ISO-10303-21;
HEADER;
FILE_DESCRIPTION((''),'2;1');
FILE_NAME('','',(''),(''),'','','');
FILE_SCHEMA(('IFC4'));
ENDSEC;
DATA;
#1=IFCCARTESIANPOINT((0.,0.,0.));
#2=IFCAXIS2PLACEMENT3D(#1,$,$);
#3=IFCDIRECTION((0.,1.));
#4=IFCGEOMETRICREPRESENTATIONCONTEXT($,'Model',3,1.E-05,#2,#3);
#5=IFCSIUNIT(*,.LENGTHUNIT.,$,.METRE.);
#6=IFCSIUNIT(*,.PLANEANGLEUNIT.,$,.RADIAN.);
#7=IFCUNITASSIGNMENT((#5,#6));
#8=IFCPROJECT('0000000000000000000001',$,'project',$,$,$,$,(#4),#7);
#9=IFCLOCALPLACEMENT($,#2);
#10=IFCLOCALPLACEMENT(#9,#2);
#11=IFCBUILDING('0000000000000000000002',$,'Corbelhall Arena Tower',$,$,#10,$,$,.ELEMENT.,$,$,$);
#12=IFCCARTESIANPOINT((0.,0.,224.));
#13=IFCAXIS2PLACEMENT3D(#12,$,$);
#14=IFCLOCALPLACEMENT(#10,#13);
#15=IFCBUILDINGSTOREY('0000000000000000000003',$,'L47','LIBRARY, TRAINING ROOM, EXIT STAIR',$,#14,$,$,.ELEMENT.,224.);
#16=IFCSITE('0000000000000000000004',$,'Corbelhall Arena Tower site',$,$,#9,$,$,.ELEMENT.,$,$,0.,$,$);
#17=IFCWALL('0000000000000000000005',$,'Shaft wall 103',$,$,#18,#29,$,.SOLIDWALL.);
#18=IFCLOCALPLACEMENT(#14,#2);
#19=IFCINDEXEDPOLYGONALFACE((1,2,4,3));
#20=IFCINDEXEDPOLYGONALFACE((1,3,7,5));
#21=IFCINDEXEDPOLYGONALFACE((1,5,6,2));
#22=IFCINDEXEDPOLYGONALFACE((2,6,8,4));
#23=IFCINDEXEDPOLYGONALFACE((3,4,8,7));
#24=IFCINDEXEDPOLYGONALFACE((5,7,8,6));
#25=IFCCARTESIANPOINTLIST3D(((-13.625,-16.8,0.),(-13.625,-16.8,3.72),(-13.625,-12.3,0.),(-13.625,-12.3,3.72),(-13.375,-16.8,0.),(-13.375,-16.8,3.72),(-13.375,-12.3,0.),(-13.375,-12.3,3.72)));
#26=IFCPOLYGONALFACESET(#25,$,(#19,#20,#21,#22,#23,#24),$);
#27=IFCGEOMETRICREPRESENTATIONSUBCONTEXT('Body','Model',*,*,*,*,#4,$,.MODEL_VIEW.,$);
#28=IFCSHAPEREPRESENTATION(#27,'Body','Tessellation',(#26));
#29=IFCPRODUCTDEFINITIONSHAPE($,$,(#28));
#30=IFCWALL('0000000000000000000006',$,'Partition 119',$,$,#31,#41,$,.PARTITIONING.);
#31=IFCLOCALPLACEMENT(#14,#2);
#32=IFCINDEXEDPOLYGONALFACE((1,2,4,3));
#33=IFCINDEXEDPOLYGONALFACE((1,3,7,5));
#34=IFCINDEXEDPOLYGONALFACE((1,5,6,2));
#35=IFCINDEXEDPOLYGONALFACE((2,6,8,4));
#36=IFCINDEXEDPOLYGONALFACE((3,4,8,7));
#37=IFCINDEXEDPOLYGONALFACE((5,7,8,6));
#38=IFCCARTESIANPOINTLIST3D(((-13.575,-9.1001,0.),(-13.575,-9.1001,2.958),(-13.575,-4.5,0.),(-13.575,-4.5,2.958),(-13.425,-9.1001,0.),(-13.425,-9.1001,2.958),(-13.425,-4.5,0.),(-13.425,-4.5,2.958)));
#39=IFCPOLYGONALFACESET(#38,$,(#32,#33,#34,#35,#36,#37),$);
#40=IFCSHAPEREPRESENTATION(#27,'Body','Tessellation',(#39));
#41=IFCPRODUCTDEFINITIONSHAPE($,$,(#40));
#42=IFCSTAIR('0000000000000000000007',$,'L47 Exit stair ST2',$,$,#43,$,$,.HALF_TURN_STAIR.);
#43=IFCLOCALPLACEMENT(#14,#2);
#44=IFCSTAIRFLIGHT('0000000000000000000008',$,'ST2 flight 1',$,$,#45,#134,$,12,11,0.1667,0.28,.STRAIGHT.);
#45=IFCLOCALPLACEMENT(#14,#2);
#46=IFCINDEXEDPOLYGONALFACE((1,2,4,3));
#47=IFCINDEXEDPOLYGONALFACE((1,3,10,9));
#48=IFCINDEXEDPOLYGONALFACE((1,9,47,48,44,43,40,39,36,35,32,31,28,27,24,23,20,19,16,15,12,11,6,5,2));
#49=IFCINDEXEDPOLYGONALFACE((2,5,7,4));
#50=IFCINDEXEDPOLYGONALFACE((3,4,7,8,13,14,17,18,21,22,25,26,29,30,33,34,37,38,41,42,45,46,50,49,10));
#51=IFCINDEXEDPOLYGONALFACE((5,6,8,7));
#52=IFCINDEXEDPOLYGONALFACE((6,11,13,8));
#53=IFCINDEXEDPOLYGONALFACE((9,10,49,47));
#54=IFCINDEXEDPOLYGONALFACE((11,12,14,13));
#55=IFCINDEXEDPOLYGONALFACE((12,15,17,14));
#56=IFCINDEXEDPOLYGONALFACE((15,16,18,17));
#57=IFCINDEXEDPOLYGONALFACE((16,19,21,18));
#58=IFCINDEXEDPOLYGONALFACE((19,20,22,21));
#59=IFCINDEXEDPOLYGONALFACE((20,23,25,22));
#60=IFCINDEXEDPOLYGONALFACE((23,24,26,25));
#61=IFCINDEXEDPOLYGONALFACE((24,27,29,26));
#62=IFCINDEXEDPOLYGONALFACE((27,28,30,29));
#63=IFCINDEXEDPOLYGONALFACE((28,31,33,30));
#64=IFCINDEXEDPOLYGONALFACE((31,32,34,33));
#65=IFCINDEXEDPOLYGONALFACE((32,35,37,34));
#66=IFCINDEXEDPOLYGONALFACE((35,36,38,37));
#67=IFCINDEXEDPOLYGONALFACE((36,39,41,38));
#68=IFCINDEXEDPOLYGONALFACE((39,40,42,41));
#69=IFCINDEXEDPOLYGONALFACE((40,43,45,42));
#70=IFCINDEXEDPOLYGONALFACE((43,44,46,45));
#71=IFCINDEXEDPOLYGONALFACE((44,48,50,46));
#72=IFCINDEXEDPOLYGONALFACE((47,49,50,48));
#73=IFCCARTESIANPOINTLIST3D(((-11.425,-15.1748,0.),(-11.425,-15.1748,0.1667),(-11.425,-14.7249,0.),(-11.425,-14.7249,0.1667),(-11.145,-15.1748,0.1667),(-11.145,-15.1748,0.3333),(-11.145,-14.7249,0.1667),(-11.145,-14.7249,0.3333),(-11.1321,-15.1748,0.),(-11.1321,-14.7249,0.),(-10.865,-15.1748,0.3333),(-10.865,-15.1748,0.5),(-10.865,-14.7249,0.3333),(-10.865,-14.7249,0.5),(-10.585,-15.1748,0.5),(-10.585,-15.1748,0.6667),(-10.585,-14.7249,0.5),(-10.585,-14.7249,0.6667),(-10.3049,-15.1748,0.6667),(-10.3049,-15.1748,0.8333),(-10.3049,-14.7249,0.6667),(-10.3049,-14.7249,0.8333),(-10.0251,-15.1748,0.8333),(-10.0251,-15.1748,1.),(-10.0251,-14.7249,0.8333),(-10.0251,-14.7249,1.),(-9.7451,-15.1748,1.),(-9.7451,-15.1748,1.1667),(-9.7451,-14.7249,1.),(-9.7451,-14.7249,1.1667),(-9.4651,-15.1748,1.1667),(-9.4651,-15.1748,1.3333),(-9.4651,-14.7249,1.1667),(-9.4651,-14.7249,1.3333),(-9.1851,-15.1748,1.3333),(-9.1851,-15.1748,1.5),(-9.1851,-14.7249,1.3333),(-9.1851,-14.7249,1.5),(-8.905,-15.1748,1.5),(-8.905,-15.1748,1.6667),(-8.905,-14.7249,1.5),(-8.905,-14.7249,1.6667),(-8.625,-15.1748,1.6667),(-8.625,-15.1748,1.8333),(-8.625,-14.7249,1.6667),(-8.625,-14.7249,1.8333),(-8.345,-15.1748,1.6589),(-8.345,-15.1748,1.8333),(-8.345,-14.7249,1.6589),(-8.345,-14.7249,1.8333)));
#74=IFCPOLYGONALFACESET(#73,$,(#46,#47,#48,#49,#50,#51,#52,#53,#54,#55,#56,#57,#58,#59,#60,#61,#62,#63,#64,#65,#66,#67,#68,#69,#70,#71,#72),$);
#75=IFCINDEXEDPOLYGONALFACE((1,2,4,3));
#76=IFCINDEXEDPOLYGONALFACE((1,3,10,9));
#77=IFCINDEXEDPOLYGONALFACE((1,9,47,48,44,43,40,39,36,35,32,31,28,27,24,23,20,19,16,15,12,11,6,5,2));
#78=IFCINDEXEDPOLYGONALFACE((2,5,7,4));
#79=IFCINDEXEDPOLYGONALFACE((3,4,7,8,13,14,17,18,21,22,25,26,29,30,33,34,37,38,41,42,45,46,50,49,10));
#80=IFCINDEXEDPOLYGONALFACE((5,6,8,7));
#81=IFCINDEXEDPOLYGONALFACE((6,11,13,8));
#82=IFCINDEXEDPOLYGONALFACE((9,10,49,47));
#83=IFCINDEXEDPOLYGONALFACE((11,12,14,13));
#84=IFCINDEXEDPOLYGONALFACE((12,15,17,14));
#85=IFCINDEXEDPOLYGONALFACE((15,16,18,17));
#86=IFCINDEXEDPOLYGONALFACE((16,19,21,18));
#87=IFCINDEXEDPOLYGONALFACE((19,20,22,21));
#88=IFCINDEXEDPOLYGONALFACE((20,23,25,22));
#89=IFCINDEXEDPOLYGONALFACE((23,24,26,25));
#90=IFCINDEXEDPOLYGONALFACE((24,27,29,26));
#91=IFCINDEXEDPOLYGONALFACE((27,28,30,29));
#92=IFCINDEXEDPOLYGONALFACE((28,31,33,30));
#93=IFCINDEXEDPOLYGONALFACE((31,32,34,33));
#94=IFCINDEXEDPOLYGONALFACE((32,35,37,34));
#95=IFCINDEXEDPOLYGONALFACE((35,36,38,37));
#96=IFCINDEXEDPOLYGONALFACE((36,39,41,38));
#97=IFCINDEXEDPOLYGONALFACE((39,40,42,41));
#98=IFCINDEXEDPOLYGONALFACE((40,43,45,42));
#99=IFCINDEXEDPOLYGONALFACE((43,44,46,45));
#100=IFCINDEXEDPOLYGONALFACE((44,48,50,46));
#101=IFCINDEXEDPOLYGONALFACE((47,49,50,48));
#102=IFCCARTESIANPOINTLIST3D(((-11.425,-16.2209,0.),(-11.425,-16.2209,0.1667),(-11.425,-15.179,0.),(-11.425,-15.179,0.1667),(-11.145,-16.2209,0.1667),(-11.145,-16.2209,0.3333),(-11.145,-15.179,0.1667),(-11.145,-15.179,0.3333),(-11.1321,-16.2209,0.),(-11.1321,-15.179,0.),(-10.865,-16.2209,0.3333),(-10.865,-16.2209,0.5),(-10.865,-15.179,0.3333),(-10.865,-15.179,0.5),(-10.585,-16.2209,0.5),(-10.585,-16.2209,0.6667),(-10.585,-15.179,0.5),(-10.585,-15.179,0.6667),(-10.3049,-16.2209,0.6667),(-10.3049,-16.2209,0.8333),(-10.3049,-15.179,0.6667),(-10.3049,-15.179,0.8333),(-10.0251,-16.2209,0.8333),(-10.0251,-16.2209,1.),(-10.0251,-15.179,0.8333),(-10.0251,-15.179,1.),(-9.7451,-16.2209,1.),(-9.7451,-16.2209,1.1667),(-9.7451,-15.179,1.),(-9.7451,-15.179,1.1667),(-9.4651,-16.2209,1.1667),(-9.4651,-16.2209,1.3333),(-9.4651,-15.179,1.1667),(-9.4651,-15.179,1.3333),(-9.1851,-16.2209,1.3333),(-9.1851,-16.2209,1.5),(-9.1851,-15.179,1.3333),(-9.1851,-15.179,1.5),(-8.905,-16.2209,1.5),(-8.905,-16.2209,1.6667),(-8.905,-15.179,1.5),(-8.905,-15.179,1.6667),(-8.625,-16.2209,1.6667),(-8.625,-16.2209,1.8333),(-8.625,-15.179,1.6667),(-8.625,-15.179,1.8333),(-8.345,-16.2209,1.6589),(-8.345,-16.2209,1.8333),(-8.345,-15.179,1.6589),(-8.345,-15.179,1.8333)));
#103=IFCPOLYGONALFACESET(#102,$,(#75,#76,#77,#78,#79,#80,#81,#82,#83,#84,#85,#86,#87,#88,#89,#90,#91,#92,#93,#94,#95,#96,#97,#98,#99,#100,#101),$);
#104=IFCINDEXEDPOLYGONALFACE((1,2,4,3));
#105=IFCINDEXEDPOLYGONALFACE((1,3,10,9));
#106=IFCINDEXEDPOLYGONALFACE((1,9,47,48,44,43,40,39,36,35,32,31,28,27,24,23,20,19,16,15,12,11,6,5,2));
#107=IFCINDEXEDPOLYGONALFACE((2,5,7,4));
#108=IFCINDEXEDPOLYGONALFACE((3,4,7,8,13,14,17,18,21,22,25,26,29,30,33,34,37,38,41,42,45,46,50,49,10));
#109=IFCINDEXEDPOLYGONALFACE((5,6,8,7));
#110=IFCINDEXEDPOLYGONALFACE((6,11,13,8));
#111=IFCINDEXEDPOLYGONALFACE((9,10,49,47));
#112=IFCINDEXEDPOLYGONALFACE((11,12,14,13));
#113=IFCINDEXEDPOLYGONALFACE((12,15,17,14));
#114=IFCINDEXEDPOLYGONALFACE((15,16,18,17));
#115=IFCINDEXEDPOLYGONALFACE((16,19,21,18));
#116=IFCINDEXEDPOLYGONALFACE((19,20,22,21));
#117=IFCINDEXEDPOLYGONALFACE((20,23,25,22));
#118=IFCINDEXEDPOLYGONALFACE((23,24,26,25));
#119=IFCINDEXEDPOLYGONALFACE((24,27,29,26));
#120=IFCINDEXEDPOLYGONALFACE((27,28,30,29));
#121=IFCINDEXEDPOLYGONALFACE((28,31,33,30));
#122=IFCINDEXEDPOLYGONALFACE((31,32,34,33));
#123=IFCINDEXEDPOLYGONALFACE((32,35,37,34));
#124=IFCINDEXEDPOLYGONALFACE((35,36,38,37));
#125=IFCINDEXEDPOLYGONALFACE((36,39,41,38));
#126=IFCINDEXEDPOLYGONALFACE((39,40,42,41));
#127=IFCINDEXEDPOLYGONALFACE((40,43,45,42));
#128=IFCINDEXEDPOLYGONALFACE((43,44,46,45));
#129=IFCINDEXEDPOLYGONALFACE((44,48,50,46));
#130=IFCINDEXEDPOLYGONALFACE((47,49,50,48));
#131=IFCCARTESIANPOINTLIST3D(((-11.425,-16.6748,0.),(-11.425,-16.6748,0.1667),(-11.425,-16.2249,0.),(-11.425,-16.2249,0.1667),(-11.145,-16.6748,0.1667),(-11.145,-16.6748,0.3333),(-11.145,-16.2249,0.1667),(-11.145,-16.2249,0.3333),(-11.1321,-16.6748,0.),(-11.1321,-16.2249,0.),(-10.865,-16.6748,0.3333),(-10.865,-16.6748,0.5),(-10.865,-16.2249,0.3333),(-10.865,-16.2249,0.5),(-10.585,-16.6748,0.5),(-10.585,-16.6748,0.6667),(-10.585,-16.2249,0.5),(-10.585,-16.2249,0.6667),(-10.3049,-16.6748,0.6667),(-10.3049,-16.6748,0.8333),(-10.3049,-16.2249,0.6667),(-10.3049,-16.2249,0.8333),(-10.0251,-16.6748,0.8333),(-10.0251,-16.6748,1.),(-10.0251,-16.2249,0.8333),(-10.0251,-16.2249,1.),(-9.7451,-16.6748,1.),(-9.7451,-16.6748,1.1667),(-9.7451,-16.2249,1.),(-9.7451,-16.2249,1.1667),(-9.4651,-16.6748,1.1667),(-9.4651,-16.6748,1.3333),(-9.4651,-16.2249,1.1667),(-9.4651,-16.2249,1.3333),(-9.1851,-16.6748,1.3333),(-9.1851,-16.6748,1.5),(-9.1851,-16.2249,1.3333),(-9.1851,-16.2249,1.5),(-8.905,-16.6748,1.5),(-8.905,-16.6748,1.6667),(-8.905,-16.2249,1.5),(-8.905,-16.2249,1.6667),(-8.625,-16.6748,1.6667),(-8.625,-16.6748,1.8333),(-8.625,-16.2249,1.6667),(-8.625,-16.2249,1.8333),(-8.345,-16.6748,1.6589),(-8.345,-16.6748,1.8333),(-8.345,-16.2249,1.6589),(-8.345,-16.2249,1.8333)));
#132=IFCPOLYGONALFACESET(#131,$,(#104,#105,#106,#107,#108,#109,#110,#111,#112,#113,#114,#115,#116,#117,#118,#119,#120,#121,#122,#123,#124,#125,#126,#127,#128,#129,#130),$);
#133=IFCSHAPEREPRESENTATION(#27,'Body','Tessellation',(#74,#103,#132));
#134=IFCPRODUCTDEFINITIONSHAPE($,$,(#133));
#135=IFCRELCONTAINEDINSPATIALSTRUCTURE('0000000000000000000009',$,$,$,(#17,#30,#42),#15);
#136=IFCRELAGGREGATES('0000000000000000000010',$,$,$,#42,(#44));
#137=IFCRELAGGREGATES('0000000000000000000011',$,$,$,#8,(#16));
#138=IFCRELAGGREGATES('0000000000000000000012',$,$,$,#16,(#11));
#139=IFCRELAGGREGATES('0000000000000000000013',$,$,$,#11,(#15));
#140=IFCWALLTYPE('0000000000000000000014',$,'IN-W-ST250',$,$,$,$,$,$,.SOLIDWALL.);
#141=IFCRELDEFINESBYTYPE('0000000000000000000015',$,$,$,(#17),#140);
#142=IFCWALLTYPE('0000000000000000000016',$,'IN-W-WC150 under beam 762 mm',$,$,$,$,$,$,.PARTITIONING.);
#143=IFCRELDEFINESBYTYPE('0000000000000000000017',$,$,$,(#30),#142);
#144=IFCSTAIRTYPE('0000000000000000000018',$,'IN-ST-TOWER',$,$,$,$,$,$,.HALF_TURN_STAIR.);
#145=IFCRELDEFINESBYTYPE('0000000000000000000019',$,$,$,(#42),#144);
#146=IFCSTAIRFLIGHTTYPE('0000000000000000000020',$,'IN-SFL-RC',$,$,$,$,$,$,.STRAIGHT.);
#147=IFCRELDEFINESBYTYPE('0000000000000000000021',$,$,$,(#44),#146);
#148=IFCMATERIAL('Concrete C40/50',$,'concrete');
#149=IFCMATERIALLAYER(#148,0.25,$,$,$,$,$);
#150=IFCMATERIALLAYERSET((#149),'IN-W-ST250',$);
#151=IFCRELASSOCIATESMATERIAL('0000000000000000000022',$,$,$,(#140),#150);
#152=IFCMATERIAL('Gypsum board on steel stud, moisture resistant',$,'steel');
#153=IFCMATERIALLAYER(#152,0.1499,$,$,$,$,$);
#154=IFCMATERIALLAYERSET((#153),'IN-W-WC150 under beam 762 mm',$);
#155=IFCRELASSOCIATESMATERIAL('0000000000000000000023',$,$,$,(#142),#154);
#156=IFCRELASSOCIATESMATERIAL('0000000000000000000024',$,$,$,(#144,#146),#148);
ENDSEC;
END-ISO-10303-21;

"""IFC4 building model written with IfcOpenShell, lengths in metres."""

from ifc_helpers import new_model, si_unit, direction, frame, frame_2d, origin, place, context, subcontext, project, spatial, polyline, rectangle, outline, extrude, material, layer, layer_set, type_object, element, aggregate, save


model = new_model("IFC4")

# Units and contexts
model_context = context("Model", 3, precision=1e-05, world=origin(), true_north=direction((0.0, 1.0)))
body_context = subcontext(model_context, "Body", "Model", "MODEL_VIEW")
ifc_project = project(units=[si_unit("LENGTHUNIT", "METRE"), si_unit("PLANEANGLEUNIT", "RADIAN")], contexts=[model_context])

# Site, building, storey
site_placement = place(None, origin())
site = spatial("IfcSite", under=ifc_project, at=site_placement, Name="Corbelhall Arena Tower site", CompositionType="ELEMENT", RefElevation=0.0)
building_placement = place(site_placement, origin())
building = spatial("IfcBuilding", under=site, at=building_placement, Name="Corbelhall Arena Tower", CompositionType="ELEMENT")
storey_placement = place(building_placement, frame((0.0, 0.0, 224.0)))
storey = spatial("IfcBuildingStorey", under=building, at=storey_placement, Name="L47", Description="LIBRARY, TRAINING ROOM, EXIT STAIR", CompositionType="ELEMENT", Elevation=224.0)

# Walls
ifc_material_1 = material(Name="Concrete C40/50", Category="concrete")
ifc_layer_1 = layer(ifc_material_1, 0.25)
ifc_layer_set_1 = layer_set([ifc_layer_1], Name="IN-W-ST250")
wall_type_1 = type_object("IfcWallType", Name="IN-W-ST250", PredefinedType="SOLIDWALL", material=ifc_layer_set_1)
wall_1_placement = place(storey_placement, frame((-13.5, -16.8, 0.0), z_axis=(0.0, 0.0, 1.0), x_axis=(0.0, 1.0, 0.0)))
element("IfcWall", 1, at=wall_1_placement, inside=storey, type_object=wall_type_1, Name="Shaft wall 103", PredefinedType="SOLIDWALL", context=body_context, shape_type="SweptSolid", body=[
    extrude(rectangle(XDim=4.5, YDim=0.25, at=frame_2d((2.25, 0.0))), origin(), (0.0, 0.0, 1.0), 3.72),
])
ifc_material_2 = material(Name="Gypsum board on steel stud, moisture resistant", Category="steel")
ifc_layer_2 = layer(ifc_material_2, 0.1499)
ifc_layer_set_2 = layer_set([ifc_layer_2], Name="IN-W-WC150 under beam 762 mm")
wall_type_2 = type_object("IfcWallType", Name="IN-W-WC150 under beam 762 mm", PredefinedType="PARTITIONING", material=ifc_layer_set_2)
wall_2_placement = place(storey_placement, frame((-13.5, -9.1001, 0.0), z_axis=(0.0, 0.0, 1.0), x_axis=(0.0, 1.0, 0.0)))
element("IfcWall", 2, at=wall_2_placement, inside=storey, type_object=wall_type_2, Name="Partition 119", PredefinedType="PARTITIONING", context=body_context, shape_type="SweptSolid", body=[
    extrude(rectangle(XDim=4.6001, YDim=0.1499, at=frame_2d((2.3, 0.0))), origin(), (0.0, 0.0, 1.0), 2.958),
])

# Stair, stair flight
stair_type = type_object("IfcStairType", Name="IN-ST-TOWER", PredefinedType="HALF_TURN_STAIR", material=ifc_material_1)
stair_placement = place(storey_placement, origin())
stair = element("IfcStair", 3, at=stair_placement, inside=storey, type_object=stair_type, Name="L47 Exit stair ST2", PredefinedType="HALF_TURN_STAIR")
stair_flight_type = type_object("IfcStairFlightType", Name="IN-SFL-RC", PredefinedType="STRAIGHT", material=ifc_material_1)
stair_flight_1_placement = place(storey_placement, frame((-11.425, -15.7, 0.0), z_axis=(0.0, 0.0, 1.0), x_axis=(1.0, 0.0, 0.0)))
stair_flight_1 = element("IfcStairFlight", 4, at=stair_flight_1_placement, type_object=stair_flight_type, Name="ST2 flight 1", NumberOfRisers=12, NumberOfTreads=11, PredefinedType="STRAIGHT", RiserHeight=0.1667, TreadLength=0.28, context=body_context, shape_type="SweptSolid", body=[
    extrude(outline(polyline([(0.0, 0.0), (0.0, 0.1667), (0.28, 0.1667), (0.28, 0.3333), (0.5601, 0.3333), (0.5601, 0.5), (0.8401, 0.5), (0.8401, 0.6667), (1.1201, 0.6667), (1.1201, 0.8333), (1.3999, 0.8333), (1.3999, 1.0), (1.6799, 1.0), (1.6799, 1.1667), (1.96, 1.1667), (1.96, 1.3333), (2.24, 1.3333), (2.24, 1.5), (2.52, 1.5), (2.52, 1.6667), (2.8, 1.6667), (2.8, 1.8333), (3.0801, 1.8333), (3.0801, 2.0), (3.0801, 1.6589), (0.293, 0.0), (0.0, 0.0)])), frame((0.0, 0.9751, 0.0), z_axis=(0.0, -1.0, 0.0), x_axis=(1.0, 0.0, 0.0)), (0.0, 0.0, 1.0), 0.45),
    extrude(outline(polyline([(0.0, 0.0), (0.0, 0.1667), (0.28, 0.1667), (0.28, 0.3333), (0.5601, 0.3333), (0.5601, 0.5), (0.8401, 0.5), (0.8401, 0.6667), (1.1201, 0.6667), (1.1201, 0.8333), (1.3999, 0.8333), (1.3999, 1.0), (1.6799, 1.0), (1.6799, 1.1667), (1.96, 1.1667), (1.96, 1.3333), (2.24, 1.3333), (2.24, 1.5), (2.52, 1.5), (2.52, 1.6667), (2.8, 1.6667), (2.8, 1.8333), (3.0801, 1.8333), (3.0801, 2.0), (3.0801, 1.6589), (0.293, 0.0), (0.0, 0.0)])), frame((0.0, 0.521, 0.0), z_axis=(0.0, -1.0, 0.0), x_axis=(1.0, 0.0, 0.0)), (0.0, 0.0, 1.0), 1.042),
    extrude(outline(polyline([(0.0, 0.0), (0.0, 0.1667), (0.28, 0.1667), (0.28, 0.3333), (0.5601, 0.3333), (0.5601, 0.5), (0.8401, 0.5), (0.8401, 0.6667), (1.1201, 0.6667), (1.1201, 0.8333), (1.3999, 0.8333), (1.3999, 1.0), (1.6799, 1.0), (1.6799, 1.1667), (1.96, 1.1667), (1.96, 1.3333), (2.24, 1.3333), (2.24, 1.5), (2.52, 1.5), (2.52, 1.6667), (2.8, 1.6667), (2.8, 1.8333), (3.0801, 1.8333), (3.0801, 2.0), (3.0801, 1.6589), (0.293, 0.0), (0.0, 0.0)])), frame((0.0, -0.5249, 0.0), z_axis=(0.0, -1.0, 0.0), x_axis=(1.0, 0.0, 0.0)), (0.0, 0.0, 1.0), 0.45),
])
aggregate(stair, [stair_flight_1])

save(model, "model.ifc")
